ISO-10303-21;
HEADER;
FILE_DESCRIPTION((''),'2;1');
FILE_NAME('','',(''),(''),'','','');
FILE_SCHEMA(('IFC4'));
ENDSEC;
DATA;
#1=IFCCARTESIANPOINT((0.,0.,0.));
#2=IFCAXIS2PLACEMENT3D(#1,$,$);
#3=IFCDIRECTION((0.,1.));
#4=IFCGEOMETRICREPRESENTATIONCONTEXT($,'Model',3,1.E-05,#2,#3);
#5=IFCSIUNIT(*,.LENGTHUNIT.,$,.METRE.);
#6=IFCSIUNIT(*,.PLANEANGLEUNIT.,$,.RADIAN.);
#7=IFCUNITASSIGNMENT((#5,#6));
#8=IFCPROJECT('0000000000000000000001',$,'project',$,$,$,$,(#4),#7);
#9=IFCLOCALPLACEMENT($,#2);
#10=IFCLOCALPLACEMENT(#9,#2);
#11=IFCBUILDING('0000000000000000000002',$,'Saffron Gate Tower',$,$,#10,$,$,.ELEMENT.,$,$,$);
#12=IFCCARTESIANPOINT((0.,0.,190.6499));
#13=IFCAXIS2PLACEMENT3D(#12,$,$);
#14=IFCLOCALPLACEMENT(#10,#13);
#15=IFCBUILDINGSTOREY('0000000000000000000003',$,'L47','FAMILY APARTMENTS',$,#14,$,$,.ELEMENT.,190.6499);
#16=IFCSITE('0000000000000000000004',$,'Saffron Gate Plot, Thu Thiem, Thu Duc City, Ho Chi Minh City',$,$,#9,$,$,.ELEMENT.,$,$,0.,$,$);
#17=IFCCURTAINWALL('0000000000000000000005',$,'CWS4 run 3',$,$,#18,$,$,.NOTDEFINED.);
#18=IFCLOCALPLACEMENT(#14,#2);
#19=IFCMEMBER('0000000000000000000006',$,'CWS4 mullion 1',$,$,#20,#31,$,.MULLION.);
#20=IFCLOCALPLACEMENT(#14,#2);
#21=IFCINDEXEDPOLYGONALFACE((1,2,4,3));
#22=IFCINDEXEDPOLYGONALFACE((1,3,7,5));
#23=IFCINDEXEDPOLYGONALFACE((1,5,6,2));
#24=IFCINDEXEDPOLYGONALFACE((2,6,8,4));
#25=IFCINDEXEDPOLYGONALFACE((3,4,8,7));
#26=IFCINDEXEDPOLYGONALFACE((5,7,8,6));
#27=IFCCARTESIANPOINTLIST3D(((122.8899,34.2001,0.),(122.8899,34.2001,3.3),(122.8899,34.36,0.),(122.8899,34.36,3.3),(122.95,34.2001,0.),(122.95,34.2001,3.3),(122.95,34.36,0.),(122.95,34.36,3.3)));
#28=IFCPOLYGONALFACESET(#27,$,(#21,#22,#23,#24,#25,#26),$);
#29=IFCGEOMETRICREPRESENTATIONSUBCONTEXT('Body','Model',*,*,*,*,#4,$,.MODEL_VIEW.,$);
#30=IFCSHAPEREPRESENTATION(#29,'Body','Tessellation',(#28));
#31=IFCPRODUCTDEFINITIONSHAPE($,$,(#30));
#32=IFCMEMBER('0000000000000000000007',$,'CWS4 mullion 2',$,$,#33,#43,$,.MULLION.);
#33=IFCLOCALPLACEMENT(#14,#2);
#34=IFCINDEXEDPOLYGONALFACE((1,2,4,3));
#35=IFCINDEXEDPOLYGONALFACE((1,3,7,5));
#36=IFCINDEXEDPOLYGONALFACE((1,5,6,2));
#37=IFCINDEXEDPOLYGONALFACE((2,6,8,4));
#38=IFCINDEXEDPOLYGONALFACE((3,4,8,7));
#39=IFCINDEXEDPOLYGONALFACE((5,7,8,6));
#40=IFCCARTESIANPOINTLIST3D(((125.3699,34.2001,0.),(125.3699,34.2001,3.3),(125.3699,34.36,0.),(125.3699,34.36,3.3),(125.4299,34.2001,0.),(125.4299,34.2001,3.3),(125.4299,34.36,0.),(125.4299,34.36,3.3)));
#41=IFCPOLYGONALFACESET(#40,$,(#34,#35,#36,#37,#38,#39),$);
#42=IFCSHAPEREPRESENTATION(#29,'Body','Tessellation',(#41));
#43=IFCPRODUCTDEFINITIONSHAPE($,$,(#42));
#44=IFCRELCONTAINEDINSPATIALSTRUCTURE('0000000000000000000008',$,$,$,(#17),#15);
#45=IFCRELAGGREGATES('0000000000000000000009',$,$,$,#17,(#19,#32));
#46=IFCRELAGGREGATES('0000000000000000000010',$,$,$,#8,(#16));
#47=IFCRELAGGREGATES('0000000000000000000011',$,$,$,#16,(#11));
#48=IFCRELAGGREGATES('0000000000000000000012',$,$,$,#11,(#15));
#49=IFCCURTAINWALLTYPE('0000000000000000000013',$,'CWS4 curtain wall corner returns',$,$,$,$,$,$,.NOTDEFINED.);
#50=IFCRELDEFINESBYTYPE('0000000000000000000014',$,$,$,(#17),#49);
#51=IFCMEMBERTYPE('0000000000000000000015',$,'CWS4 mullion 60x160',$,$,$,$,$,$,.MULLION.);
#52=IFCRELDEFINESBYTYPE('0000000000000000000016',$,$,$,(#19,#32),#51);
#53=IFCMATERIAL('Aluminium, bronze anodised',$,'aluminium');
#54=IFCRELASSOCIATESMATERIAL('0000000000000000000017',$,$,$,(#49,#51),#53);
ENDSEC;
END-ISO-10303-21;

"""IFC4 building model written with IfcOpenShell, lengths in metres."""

from ifc_helpers import new_model, si_unit, direction, frame, origin, origin_2d, place, context, subcontext, project, spatial, rectangle, extrude, material, material_profile, profile_set, type_object, element, aggregate, save


model = new_model("IFC4")

# Units and contexts
model_context = context("Model", 3, precision=1e-05, world=origin(), true_north=direction((0.0, 1.0)))
body_context = subcontext(model_context, "Body", "Model", "MODEL_VIEW")
ifc_project = project(units=[si_unit("LENGTHUNIT", "METRE"), si_unit("PLANEANGLEUNIT", "RADIAN")], contexts=[model_context])

# Site, building, storey
site_placement = place(None, origin())
site = spatial("IfcSite", under=ifc_project, at=site_placement, Name="Saffron Gate Plot, Thu Thiem, Thu Duc City, Ho Chi Minh City", CompositionType="ELEMENT", RefElevation=0.0)
building_placement = place(site_placement, origin())
building = spatial("IfcBuilding", under=site, at=building_placement, Name="Saffron Gate Tower", CompositionType="ELEMENT")
storey_placement = place(building_placement, frame((0.0, 0.0, 190.6499)))
storey = spatial("IfcBuildingStorey", under=building, at=storey_placement, Name="L47", Description="FAMILY APARTMENTS", CompositionType="ELEMENT", Elevation=190.6499)

# Shared definitions
ifc_material_1 = material(Name="Aluminium, bronze anodised", Category="aluminium")

# Curtain wall
curtain_wall_type_1 = type_object("IfcCurtainWallType", Name="CWS4 curtain wall corner returns", PredefinedType="NOTDEFINED", material=ifc_material_1)
curtain_wall_1_placement = place(storey_placement, origin())
curtain_wall_1 = element("IfcCurtainWall", 1, at=curtain_wall_1_placement, inside=storey, type_object=curtain_wall_type_1, Name="CWS4 run 3", PredefinedType="NOTDEFINED")

# Members
ifc_material_profile_1 = material_profile(ifc_material_1, rectangle(XDim=0.1599, YDim=0.0601, at=origin_2d()))
ifc_profile_set_1 = profile_set([ifc_material_profile_1], Name="Aluminium, bronze anodised")
member_type_1 = type_object("IfcMemberType", Name="CWS4 mullion 60x160", PredefinedType="MULLION", material=ifc_profile_set_1)
member_1_placement = place(storey_placement, frame((122.9199, 34.28, 0.0), z_axis=(0.0, 0.0, 1.0), x_axis=(0.0, 1.0, 0.0)))
member_1 = element("IfcMember", 2, at=member_1_placement, type_object=member_type_1, Name="CWS4 mullion 1", PredefinedType="MULLION", context=body_context, shape_type="SweptSolid", body=[
    extrude(rectangle(XDim=0.1599, YDim=0.0601, at=origin_2d()), origin(), (0.0, 0.0, 1.0), 3.3),
])
member_2_placement = place(storey_placement, frame((125.3999, 34.28, 0.0), z_axis=(0.0, 0.0, 1.0), x_axis=(0.0, 1.0, 0.0)))
member_2 = element("IfcMember", 3, at=member_2_placement, type_object=member_type_1, Name="CWS4 mullion 2", PredefinedType="MULLION", context=body_context, shape_type="SweptSolid", body=[
    extrude(rectangle(XDim=0.1599, YDim=0.0601, at=origin_2d()), origin(), (0.0, 0.0, 1.0), 3.3),
])

aggregate(curtain_wall_1, [member_1, member_2])

save(model, "model.ifc")
